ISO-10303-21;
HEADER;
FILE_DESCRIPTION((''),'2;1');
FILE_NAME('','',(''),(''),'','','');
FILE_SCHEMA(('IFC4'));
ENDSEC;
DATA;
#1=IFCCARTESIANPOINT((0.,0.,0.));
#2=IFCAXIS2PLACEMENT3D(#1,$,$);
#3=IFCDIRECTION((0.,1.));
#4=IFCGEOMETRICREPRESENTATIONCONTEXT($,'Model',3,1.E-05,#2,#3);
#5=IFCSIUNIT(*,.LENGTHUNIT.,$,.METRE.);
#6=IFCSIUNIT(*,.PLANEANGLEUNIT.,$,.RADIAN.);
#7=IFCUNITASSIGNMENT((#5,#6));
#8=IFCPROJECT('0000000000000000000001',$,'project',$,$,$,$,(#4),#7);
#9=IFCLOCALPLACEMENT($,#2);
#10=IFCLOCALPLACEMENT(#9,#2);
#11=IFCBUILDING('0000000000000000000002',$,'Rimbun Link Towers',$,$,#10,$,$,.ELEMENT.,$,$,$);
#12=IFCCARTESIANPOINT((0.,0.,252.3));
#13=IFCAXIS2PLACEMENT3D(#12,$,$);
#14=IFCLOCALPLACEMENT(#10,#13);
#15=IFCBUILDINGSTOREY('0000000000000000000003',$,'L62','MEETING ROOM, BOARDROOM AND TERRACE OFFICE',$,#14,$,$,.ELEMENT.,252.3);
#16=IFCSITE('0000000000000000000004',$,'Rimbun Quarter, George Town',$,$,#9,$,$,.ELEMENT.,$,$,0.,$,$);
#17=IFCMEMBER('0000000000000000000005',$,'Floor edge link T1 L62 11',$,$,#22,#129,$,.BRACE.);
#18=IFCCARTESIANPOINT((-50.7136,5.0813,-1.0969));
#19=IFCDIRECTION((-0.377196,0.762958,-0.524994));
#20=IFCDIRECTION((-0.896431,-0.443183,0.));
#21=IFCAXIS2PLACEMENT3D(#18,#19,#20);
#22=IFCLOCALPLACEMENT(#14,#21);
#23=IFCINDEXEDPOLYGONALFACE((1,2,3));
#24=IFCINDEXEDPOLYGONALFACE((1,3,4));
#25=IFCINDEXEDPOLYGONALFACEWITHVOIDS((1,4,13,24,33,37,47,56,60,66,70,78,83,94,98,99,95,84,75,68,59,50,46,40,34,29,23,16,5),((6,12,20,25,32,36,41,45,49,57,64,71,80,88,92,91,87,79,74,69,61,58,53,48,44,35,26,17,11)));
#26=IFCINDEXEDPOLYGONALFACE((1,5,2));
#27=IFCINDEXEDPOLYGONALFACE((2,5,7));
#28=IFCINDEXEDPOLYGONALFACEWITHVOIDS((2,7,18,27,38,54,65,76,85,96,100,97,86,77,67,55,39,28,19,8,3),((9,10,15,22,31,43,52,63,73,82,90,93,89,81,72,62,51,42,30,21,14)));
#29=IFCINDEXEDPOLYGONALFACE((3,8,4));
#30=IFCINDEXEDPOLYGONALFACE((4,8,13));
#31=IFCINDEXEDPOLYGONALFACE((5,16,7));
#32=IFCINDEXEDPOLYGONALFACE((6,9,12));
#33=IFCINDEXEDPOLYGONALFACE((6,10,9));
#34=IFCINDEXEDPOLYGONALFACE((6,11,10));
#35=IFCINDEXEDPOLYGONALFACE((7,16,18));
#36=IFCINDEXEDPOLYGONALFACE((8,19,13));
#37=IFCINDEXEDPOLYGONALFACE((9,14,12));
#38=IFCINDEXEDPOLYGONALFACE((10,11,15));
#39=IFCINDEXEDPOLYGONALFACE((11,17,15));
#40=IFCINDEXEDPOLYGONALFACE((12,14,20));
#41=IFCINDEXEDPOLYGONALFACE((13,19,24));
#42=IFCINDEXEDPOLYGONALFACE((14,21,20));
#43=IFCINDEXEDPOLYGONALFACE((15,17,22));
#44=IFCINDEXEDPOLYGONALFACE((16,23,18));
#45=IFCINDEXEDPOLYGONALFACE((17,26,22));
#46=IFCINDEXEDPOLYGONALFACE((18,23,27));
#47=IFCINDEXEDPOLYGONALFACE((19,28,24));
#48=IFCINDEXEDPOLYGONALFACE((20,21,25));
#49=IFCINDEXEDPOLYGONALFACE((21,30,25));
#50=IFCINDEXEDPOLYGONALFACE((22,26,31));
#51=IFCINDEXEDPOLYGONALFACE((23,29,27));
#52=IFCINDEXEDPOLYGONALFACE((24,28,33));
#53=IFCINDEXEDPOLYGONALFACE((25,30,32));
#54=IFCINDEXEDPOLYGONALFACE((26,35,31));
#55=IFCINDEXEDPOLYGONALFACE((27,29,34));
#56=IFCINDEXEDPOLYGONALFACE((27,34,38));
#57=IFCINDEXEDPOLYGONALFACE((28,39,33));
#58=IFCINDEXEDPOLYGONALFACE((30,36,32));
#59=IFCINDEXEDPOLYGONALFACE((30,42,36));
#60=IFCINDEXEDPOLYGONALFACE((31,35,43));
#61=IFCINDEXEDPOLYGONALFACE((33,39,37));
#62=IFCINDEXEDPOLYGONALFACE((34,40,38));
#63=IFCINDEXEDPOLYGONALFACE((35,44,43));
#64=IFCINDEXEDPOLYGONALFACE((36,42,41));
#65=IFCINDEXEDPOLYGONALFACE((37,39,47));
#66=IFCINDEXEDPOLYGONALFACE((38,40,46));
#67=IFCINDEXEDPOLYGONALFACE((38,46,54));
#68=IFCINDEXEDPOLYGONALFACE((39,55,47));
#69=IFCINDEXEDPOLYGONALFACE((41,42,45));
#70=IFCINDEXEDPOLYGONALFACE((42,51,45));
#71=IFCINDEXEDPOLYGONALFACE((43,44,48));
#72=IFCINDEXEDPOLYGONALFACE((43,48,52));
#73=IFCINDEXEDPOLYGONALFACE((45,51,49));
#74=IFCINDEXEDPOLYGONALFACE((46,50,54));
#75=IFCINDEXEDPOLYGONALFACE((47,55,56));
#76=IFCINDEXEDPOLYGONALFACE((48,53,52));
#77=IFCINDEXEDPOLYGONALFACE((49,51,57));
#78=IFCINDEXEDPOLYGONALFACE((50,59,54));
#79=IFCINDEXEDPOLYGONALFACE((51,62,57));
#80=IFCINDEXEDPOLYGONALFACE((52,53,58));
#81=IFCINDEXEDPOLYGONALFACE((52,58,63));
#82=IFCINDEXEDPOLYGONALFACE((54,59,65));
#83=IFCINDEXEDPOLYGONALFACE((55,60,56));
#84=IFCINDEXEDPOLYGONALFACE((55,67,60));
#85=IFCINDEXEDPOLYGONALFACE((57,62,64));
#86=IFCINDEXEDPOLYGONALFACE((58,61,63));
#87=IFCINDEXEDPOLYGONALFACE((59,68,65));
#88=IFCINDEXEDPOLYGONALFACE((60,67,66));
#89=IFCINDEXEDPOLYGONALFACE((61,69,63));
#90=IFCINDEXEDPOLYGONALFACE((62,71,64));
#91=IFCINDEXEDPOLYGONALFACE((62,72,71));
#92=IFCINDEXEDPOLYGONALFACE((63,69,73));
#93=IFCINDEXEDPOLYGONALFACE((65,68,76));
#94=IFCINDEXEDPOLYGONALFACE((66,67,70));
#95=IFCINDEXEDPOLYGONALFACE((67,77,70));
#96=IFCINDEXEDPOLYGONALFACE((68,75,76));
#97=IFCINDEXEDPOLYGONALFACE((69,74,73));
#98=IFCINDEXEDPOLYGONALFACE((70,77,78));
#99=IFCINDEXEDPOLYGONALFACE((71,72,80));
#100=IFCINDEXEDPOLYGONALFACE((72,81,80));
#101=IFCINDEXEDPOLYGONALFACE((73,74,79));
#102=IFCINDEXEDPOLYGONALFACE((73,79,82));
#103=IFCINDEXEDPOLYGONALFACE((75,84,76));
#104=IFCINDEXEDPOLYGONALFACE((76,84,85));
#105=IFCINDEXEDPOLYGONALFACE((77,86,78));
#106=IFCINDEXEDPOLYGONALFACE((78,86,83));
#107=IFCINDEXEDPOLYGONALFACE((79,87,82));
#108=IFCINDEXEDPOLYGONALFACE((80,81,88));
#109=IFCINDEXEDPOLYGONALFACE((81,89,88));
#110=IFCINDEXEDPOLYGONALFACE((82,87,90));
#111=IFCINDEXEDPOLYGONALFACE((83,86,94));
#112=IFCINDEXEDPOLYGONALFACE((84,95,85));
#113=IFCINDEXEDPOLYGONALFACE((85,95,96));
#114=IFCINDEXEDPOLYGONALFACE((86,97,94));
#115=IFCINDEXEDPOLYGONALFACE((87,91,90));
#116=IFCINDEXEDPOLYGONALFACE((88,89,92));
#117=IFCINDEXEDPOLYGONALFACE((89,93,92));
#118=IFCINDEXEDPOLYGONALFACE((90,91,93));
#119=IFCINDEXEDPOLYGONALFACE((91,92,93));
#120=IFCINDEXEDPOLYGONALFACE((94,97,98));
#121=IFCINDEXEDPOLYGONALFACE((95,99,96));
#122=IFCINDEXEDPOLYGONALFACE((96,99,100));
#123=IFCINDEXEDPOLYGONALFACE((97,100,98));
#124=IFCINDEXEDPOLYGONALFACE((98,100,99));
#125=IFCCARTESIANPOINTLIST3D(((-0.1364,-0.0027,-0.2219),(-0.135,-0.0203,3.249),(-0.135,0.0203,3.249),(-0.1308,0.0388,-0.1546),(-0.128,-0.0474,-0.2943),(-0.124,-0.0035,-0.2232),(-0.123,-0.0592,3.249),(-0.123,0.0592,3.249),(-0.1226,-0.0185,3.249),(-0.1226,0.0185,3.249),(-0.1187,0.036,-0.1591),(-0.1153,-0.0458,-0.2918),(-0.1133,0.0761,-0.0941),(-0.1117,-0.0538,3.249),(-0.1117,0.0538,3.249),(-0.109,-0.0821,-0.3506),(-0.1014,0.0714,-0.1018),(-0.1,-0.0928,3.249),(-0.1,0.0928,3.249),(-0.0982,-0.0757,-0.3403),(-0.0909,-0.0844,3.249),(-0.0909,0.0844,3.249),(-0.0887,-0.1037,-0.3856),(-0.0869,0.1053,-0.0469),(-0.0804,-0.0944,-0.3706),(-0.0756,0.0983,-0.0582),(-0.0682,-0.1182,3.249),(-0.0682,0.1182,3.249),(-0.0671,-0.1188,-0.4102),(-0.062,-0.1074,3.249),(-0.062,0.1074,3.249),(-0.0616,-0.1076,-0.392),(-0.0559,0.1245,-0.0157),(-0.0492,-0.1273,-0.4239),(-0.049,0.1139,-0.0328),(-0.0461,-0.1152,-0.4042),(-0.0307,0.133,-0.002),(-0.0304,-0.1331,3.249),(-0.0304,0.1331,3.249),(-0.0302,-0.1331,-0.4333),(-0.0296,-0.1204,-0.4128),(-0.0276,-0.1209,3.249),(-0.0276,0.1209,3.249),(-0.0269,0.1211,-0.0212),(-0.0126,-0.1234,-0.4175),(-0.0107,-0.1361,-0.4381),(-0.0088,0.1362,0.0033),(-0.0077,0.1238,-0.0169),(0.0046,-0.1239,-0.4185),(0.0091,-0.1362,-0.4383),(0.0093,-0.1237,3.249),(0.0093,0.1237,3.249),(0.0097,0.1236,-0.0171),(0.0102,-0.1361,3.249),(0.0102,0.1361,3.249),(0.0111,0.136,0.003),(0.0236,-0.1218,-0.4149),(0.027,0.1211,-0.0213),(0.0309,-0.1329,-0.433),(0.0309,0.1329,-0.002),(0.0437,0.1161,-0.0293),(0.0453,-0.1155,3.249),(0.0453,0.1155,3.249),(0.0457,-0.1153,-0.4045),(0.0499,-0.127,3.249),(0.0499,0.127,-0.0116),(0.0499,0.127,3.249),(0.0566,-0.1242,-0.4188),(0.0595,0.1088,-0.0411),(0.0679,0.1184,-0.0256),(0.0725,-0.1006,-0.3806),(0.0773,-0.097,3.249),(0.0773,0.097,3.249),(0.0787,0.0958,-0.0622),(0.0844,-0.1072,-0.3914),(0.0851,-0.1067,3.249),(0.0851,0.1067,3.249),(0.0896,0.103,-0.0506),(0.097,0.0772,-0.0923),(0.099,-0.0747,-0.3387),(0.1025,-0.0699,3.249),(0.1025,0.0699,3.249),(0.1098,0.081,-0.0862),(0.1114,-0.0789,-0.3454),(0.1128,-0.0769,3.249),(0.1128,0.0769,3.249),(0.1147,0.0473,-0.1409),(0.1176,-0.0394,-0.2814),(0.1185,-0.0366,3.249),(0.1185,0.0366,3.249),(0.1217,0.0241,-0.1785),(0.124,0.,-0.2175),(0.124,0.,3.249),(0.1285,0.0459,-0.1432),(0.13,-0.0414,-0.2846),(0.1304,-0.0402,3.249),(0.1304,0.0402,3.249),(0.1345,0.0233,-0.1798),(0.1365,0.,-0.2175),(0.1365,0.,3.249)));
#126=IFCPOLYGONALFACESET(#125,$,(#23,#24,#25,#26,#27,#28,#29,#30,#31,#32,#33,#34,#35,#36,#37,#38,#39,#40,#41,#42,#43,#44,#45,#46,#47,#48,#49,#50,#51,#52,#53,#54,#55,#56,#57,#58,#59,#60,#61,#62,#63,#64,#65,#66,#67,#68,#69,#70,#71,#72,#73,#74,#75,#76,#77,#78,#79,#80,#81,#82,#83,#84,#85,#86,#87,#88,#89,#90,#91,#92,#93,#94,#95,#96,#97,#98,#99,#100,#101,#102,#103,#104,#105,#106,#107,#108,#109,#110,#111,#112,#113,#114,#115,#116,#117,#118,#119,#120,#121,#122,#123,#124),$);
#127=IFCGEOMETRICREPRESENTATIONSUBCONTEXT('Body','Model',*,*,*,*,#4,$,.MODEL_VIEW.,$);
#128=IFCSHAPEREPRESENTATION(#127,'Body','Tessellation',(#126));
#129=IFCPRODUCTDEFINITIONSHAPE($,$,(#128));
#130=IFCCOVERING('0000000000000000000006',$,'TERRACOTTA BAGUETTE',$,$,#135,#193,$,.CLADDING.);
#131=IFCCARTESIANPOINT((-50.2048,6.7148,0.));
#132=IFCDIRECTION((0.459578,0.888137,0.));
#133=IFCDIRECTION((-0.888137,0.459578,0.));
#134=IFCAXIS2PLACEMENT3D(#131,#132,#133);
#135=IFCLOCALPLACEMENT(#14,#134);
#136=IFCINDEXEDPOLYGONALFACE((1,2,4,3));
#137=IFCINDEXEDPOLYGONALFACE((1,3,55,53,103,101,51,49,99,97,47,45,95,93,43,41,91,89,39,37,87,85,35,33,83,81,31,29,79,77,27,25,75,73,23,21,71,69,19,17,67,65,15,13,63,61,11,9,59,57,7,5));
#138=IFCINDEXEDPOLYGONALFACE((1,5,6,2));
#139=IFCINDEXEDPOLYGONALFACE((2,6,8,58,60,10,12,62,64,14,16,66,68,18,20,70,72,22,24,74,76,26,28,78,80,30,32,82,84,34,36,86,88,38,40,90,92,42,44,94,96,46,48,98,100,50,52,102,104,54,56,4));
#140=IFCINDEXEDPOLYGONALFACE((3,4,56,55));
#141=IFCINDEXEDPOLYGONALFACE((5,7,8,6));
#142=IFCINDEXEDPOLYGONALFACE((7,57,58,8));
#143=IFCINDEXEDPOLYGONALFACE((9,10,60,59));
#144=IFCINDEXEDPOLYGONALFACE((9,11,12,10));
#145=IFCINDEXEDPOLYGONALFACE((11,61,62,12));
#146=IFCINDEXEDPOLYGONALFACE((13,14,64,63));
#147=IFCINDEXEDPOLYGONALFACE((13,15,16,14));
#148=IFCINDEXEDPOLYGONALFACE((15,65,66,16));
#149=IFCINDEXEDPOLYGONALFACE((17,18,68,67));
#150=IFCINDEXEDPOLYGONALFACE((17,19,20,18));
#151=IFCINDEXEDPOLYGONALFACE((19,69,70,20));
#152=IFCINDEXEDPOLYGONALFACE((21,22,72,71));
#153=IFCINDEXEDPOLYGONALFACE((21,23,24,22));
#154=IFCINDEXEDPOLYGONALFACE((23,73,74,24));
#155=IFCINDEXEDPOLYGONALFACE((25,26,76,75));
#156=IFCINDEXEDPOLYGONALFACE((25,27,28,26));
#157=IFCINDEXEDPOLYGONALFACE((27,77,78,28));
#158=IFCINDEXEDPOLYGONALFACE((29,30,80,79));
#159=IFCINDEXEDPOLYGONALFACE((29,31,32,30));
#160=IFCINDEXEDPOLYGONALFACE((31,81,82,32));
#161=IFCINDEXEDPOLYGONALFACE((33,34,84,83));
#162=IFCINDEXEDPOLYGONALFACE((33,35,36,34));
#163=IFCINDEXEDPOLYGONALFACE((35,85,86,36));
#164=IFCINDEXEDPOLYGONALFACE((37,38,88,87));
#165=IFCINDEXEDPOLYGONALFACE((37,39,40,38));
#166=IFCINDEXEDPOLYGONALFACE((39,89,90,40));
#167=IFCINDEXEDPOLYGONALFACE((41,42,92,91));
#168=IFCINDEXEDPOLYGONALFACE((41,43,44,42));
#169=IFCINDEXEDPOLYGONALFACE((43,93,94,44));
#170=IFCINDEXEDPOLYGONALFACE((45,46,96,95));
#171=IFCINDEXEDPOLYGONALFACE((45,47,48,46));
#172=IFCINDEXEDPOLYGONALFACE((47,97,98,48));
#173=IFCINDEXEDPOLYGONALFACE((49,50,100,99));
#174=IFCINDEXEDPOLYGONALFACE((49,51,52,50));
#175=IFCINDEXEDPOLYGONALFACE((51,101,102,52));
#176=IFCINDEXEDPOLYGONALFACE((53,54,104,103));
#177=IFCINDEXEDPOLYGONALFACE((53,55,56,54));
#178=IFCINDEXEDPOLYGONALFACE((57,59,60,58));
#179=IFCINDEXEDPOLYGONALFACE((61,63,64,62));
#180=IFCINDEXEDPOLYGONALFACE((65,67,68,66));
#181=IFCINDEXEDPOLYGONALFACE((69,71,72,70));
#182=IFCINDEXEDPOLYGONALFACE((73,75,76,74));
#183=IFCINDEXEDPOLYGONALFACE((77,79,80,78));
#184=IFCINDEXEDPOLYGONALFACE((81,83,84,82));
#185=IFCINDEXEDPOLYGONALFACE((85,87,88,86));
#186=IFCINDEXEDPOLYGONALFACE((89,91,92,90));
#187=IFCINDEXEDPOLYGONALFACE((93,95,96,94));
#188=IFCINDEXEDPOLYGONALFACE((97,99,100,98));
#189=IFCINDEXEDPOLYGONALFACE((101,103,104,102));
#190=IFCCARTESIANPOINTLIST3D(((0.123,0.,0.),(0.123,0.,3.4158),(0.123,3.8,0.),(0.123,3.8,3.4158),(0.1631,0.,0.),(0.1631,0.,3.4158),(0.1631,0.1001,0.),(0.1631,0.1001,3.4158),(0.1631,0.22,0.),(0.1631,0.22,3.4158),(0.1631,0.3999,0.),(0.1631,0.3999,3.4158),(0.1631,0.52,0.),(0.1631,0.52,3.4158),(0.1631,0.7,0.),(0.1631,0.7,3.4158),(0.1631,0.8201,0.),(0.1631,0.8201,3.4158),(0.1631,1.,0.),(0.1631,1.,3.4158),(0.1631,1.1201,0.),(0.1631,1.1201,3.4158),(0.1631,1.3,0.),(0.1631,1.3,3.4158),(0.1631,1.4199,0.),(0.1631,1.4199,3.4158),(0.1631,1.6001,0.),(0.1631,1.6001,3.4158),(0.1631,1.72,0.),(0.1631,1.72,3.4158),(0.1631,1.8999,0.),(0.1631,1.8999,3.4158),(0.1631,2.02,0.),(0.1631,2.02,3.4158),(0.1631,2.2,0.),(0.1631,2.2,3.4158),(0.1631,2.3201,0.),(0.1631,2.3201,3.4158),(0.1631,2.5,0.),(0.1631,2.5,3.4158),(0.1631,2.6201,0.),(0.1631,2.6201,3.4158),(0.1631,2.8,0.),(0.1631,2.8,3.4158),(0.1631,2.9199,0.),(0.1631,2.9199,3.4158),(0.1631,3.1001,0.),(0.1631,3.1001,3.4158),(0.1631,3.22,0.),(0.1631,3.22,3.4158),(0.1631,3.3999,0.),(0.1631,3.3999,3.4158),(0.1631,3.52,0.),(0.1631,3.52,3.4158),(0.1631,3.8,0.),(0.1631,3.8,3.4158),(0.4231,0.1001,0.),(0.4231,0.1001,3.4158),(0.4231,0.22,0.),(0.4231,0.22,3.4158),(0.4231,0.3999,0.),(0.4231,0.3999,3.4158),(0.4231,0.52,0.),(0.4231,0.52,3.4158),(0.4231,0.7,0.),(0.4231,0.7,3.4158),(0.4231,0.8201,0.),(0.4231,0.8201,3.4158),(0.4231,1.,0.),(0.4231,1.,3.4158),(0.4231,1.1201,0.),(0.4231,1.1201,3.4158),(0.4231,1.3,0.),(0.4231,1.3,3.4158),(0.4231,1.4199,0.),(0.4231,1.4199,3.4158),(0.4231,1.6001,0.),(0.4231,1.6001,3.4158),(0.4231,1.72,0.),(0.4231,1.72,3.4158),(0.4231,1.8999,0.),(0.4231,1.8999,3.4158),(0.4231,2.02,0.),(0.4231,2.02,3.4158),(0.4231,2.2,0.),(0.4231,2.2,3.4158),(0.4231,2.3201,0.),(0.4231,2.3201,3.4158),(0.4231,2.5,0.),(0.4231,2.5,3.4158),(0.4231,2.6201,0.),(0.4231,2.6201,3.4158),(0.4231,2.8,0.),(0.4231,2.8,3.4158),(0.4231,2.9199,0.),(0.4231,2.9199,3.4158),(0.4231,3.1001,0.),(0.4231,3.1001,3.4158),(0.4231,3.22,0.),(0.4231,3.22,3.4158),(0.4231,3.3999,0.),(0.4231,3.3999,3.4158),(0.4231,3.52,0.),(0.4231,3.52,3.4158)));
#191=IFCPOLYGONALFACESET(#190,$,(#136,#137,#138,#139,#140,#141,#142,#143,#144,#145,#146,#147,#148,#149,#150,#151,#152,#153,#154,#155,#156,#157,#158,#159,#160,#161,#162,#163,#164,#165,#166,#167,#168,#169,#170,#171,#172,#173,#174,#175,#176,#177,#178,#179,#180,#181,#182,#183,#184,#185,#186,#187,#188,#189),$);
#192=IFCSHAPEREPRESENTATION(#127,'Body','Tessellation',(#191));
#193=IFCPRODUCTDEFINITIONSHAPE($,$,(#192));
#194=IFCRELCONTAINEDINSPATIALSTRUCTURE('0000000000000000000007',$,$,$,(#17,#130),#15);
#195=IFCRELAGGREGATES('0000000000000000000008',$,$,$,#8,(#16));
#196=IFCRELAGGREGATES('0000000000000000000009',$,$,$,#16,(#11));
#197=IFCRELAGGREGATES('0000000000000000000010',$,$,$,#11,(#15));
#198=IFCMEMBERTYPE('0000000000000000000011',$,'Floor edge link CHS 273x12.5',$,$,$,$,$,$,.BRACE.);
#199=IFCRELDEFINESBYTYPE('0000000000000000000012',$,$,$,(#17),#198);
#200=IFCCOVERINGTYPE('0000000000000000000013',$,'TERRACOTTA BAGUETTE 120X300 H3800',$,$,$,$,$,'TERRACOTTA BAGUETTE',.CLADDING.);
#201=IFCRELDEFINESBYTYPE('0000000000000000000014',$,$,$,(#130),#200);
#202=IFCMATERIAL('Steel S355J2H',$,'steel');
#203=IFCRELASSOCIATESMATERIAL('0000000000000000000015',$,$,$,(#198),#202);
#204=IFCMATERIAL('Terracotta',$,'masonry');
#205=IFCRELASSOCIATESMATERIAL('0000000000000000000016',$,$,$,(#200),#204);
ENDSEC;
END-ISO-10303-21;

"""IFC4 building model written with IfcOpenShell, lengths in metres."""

from ifc_helpers import new_model, si_unit, direction, frame, origin, origin_2d, place, context, subcontext, project, spatial, polyline, hollow_circle, outline, extrude, clip, halfspace, material, material_profile, profile_set, type_object, element, save


model = new_model("IFC4")

# Units and contexts
model_context = context("Model", 3, precision=1e-05, world=origin(), true_north=direction((0.0, 1.0)))
body_context = subcontext(model_context, "Body", "Model", "MODEL_VIEW")
ifc_project = project(units=[si_unit("LENGTHUNIT", "METRE"), si_unit("PLANEANGLEUNIT", "RADIAN")], contexts=[model_context])

# Site, building, storey
site_placement = place(None, origin())
site = spatial("IfcSite", under=ifc_project, at=site_placement, Name="Rimbun Quarter, George Town", CompositionType="ELEMENT", RefElevation=0.0)
building_placement = place(site_placement, origin())
building = spatial("IfcBuilding", under=site, at=building_placement, Name="Rimbun Link Towers", CompositionType="ELEMENT")
storey_placement = place(building_placement, frame((0.0, 0.0, 252.3)))
storey = spatial("IfcBuildingStorey", under=building, at=storey_placement, Name="L62", Description="MEETING ROOM, BOARDROOM AND TERRACE OFFICE", CompositionType="ELEMENT", Elevation=252.3)

# Member
ifc_material_1 = material(Name="Steel S355J2H", Category="steel")
ifc_material_profile_1 = material_profile(ifc_material_1, hollow_circle(Radius=0.1365, WallThickness=0.0125, at=origin_2d()), Name="CHS 273x12.5")
ifc_profile_set_1 = profile_set([ifc_material_profile_1], Name="Steel S355J2H")
member_type_1 = type_object("IfcMemberType", Name="Floor edge link CHS 273x12.5", PredefinedType="BRACE", material=ifc_profile_set_1)
member_1_placement = place(storey_placement, frame((-50.7136, 5.0813, -1.0969), z_axis=(-0.377196, 0.762958, -0.524994), x_axis=(-0.896431, -0.443183, 0.0)))
element("IfcMember", 1, at=member_1_placement, inside=storey, type_object=member_type_1, Name="Floor edge link T1 L62 11", PredefinedType="BRACE", context=body_context, shape_type="Clipping", body=[
    clip(extrude(hollow_circle(Radius=0.1365, WallThickness=0.0125, at=origin_2d()), frame((0.0, 0.0, -0.4617)), (0.0, 0.0, 1.0), 3.7107), halfspace(frame((0.0, 0.0, -0.2175), z_axis=(0.0, 0.851106, -0.524994)), False)),
])

# Covering
ifc_material_2 = material(Name="Terracotta", Category="masonry")
ifc_material_profile_2 = material_profile(ifc_material_2, outline(polyline([(0.123, 0.0), (0.1631, 0.0), (0.1631, 0.1001), (0.4231, 0.1001), (0.4231, 0.22), (0.1631, 0.22), (0.1631, 0.3999), (0.4231, 0.3999), (0.4231, 0.52), (0.1631, 0.52), (0.1631, 0.7), (0.4231, 0.7), (0.4231, 0.8201), (0.1631, 0.8201), (0.1631, 1.0), (0.4231, 1.0), (0.4231, 1.1201), (0.1631, 1.1201), (0.1631, 1.3), (0.4231, 1.3), (0.4231, 1.4199), (0.1631, 1.4199), (0.1631, 1.6001), (0.4231, 1.6001), (0.4231, 1.72), (0.1631, 1.72), (0.1631, 1.8999), (0.4231, 1.8999), (0.4231, 2.02), (0.1631, 2.02), (0.1631, 2.2), (0.4231, 2.2), (0.4231, 2.3201), (0.1631, 2.3201), (0.1631, 2.5), (0.4231, 2.5), (0.4231, 2.6201), (0.1631, 2.6201), (0.1631, 2.8), (0.4231, 2.8), (0.4231, 2.9199), (0.1631, 2.9199), (0.1631, 3.1001), (0.4231, 3.1001), (0.4231, 3.22), (0.1631, 3.22), (0.1631, 3.3999), (0.4231, 3.3999), (0.4231, 3.52), (0.1631, 3.52), (0.1631, 3.8), (0.123, 3.8), (0.123, 0.0)])), Name="BAGUETTE 120X300")
ifc_profile_set_2 = profile_set([ifc_material_profile_2], Name="Terracotta")
covering_type = type_object("IfcCoveringType", Name="TERRACOTTA BAGUETTE 120X300 H3800", ElementType="TERRACOTTA BAGUETTE", PredefinedType="CLADDING", material=ifc_profile_set_2)
covering_placement = place(storey_placement, frame((-50.2048, 6.7148, 0.0), z_axis=(0.459578, 0.888137, 0.0), x_axis=(-0.888137, 0.459578, 0.0)))
element("IfcCovering", 2, at=covering_placement, inside=storey, type_object=covering_type, Name="TERRACOTTA BAGUETTE", PredefinedType="CLADDING", context=body_context, shape_type="SweptSolid", body=[
    extrude(outline(polyline([(0.123, 0.0), (0.1631, 0.0), (0.1631, 0.1001), (0.4231, 0.1001), (0.4231, 0.22), (0.1631, 0.22), (0.1631, 0.3999), (0.4231, 0.3999), (0.4231, 0.52), (0.1631, 0.52), (0.1631, 0.7), (0.4231, 0.7), (0.4231, 0.8201), (0.1631, 0.8201), (0.1631, 1.0), (0.4231, 1.0), (0.4231, 1.1201), (0.1631, 1.1201), (0.1631, 1.3), (0.4231, 1.3), (0.4231, 1.4199), (0.1631, 1.4199), (0.1631, 1.6001), (0.4231, 1.6001), (0.4231, 1.72), (0.1631, 1.72), (0.1631, 1.8999), (0.4231, 1.8999), (0.4231, 2.02), (0.1631, 2.02), (0.1631, 2.2), (0.4231, 2.2), (0.4231, 2.3201), (0.1631, 2.3201), (0.1631, 2.5), (0.4231, 2.5), (0.4231, 2.6201), (0.1631, 2.6201), (0.1631, 2.8), (0.4231, 2.8), (0.4231, 2.9199), (0.1631, 2.9199), (0.1631, 3.1001), (0.4231, 3.1001), (0.4231, 3.22), (0.1631, 3.22), (0.1631, 3.3999), (0.4231, 3.3999), (0.4231, 3.52), (0.1631, 3.52), (0.1631, 3.8), (0.123, 3.8), (0.123, 0.0)])), origin(), (0.0, 0.0, 1.0), 3.4158),
])

save(model, "model.ifc")
